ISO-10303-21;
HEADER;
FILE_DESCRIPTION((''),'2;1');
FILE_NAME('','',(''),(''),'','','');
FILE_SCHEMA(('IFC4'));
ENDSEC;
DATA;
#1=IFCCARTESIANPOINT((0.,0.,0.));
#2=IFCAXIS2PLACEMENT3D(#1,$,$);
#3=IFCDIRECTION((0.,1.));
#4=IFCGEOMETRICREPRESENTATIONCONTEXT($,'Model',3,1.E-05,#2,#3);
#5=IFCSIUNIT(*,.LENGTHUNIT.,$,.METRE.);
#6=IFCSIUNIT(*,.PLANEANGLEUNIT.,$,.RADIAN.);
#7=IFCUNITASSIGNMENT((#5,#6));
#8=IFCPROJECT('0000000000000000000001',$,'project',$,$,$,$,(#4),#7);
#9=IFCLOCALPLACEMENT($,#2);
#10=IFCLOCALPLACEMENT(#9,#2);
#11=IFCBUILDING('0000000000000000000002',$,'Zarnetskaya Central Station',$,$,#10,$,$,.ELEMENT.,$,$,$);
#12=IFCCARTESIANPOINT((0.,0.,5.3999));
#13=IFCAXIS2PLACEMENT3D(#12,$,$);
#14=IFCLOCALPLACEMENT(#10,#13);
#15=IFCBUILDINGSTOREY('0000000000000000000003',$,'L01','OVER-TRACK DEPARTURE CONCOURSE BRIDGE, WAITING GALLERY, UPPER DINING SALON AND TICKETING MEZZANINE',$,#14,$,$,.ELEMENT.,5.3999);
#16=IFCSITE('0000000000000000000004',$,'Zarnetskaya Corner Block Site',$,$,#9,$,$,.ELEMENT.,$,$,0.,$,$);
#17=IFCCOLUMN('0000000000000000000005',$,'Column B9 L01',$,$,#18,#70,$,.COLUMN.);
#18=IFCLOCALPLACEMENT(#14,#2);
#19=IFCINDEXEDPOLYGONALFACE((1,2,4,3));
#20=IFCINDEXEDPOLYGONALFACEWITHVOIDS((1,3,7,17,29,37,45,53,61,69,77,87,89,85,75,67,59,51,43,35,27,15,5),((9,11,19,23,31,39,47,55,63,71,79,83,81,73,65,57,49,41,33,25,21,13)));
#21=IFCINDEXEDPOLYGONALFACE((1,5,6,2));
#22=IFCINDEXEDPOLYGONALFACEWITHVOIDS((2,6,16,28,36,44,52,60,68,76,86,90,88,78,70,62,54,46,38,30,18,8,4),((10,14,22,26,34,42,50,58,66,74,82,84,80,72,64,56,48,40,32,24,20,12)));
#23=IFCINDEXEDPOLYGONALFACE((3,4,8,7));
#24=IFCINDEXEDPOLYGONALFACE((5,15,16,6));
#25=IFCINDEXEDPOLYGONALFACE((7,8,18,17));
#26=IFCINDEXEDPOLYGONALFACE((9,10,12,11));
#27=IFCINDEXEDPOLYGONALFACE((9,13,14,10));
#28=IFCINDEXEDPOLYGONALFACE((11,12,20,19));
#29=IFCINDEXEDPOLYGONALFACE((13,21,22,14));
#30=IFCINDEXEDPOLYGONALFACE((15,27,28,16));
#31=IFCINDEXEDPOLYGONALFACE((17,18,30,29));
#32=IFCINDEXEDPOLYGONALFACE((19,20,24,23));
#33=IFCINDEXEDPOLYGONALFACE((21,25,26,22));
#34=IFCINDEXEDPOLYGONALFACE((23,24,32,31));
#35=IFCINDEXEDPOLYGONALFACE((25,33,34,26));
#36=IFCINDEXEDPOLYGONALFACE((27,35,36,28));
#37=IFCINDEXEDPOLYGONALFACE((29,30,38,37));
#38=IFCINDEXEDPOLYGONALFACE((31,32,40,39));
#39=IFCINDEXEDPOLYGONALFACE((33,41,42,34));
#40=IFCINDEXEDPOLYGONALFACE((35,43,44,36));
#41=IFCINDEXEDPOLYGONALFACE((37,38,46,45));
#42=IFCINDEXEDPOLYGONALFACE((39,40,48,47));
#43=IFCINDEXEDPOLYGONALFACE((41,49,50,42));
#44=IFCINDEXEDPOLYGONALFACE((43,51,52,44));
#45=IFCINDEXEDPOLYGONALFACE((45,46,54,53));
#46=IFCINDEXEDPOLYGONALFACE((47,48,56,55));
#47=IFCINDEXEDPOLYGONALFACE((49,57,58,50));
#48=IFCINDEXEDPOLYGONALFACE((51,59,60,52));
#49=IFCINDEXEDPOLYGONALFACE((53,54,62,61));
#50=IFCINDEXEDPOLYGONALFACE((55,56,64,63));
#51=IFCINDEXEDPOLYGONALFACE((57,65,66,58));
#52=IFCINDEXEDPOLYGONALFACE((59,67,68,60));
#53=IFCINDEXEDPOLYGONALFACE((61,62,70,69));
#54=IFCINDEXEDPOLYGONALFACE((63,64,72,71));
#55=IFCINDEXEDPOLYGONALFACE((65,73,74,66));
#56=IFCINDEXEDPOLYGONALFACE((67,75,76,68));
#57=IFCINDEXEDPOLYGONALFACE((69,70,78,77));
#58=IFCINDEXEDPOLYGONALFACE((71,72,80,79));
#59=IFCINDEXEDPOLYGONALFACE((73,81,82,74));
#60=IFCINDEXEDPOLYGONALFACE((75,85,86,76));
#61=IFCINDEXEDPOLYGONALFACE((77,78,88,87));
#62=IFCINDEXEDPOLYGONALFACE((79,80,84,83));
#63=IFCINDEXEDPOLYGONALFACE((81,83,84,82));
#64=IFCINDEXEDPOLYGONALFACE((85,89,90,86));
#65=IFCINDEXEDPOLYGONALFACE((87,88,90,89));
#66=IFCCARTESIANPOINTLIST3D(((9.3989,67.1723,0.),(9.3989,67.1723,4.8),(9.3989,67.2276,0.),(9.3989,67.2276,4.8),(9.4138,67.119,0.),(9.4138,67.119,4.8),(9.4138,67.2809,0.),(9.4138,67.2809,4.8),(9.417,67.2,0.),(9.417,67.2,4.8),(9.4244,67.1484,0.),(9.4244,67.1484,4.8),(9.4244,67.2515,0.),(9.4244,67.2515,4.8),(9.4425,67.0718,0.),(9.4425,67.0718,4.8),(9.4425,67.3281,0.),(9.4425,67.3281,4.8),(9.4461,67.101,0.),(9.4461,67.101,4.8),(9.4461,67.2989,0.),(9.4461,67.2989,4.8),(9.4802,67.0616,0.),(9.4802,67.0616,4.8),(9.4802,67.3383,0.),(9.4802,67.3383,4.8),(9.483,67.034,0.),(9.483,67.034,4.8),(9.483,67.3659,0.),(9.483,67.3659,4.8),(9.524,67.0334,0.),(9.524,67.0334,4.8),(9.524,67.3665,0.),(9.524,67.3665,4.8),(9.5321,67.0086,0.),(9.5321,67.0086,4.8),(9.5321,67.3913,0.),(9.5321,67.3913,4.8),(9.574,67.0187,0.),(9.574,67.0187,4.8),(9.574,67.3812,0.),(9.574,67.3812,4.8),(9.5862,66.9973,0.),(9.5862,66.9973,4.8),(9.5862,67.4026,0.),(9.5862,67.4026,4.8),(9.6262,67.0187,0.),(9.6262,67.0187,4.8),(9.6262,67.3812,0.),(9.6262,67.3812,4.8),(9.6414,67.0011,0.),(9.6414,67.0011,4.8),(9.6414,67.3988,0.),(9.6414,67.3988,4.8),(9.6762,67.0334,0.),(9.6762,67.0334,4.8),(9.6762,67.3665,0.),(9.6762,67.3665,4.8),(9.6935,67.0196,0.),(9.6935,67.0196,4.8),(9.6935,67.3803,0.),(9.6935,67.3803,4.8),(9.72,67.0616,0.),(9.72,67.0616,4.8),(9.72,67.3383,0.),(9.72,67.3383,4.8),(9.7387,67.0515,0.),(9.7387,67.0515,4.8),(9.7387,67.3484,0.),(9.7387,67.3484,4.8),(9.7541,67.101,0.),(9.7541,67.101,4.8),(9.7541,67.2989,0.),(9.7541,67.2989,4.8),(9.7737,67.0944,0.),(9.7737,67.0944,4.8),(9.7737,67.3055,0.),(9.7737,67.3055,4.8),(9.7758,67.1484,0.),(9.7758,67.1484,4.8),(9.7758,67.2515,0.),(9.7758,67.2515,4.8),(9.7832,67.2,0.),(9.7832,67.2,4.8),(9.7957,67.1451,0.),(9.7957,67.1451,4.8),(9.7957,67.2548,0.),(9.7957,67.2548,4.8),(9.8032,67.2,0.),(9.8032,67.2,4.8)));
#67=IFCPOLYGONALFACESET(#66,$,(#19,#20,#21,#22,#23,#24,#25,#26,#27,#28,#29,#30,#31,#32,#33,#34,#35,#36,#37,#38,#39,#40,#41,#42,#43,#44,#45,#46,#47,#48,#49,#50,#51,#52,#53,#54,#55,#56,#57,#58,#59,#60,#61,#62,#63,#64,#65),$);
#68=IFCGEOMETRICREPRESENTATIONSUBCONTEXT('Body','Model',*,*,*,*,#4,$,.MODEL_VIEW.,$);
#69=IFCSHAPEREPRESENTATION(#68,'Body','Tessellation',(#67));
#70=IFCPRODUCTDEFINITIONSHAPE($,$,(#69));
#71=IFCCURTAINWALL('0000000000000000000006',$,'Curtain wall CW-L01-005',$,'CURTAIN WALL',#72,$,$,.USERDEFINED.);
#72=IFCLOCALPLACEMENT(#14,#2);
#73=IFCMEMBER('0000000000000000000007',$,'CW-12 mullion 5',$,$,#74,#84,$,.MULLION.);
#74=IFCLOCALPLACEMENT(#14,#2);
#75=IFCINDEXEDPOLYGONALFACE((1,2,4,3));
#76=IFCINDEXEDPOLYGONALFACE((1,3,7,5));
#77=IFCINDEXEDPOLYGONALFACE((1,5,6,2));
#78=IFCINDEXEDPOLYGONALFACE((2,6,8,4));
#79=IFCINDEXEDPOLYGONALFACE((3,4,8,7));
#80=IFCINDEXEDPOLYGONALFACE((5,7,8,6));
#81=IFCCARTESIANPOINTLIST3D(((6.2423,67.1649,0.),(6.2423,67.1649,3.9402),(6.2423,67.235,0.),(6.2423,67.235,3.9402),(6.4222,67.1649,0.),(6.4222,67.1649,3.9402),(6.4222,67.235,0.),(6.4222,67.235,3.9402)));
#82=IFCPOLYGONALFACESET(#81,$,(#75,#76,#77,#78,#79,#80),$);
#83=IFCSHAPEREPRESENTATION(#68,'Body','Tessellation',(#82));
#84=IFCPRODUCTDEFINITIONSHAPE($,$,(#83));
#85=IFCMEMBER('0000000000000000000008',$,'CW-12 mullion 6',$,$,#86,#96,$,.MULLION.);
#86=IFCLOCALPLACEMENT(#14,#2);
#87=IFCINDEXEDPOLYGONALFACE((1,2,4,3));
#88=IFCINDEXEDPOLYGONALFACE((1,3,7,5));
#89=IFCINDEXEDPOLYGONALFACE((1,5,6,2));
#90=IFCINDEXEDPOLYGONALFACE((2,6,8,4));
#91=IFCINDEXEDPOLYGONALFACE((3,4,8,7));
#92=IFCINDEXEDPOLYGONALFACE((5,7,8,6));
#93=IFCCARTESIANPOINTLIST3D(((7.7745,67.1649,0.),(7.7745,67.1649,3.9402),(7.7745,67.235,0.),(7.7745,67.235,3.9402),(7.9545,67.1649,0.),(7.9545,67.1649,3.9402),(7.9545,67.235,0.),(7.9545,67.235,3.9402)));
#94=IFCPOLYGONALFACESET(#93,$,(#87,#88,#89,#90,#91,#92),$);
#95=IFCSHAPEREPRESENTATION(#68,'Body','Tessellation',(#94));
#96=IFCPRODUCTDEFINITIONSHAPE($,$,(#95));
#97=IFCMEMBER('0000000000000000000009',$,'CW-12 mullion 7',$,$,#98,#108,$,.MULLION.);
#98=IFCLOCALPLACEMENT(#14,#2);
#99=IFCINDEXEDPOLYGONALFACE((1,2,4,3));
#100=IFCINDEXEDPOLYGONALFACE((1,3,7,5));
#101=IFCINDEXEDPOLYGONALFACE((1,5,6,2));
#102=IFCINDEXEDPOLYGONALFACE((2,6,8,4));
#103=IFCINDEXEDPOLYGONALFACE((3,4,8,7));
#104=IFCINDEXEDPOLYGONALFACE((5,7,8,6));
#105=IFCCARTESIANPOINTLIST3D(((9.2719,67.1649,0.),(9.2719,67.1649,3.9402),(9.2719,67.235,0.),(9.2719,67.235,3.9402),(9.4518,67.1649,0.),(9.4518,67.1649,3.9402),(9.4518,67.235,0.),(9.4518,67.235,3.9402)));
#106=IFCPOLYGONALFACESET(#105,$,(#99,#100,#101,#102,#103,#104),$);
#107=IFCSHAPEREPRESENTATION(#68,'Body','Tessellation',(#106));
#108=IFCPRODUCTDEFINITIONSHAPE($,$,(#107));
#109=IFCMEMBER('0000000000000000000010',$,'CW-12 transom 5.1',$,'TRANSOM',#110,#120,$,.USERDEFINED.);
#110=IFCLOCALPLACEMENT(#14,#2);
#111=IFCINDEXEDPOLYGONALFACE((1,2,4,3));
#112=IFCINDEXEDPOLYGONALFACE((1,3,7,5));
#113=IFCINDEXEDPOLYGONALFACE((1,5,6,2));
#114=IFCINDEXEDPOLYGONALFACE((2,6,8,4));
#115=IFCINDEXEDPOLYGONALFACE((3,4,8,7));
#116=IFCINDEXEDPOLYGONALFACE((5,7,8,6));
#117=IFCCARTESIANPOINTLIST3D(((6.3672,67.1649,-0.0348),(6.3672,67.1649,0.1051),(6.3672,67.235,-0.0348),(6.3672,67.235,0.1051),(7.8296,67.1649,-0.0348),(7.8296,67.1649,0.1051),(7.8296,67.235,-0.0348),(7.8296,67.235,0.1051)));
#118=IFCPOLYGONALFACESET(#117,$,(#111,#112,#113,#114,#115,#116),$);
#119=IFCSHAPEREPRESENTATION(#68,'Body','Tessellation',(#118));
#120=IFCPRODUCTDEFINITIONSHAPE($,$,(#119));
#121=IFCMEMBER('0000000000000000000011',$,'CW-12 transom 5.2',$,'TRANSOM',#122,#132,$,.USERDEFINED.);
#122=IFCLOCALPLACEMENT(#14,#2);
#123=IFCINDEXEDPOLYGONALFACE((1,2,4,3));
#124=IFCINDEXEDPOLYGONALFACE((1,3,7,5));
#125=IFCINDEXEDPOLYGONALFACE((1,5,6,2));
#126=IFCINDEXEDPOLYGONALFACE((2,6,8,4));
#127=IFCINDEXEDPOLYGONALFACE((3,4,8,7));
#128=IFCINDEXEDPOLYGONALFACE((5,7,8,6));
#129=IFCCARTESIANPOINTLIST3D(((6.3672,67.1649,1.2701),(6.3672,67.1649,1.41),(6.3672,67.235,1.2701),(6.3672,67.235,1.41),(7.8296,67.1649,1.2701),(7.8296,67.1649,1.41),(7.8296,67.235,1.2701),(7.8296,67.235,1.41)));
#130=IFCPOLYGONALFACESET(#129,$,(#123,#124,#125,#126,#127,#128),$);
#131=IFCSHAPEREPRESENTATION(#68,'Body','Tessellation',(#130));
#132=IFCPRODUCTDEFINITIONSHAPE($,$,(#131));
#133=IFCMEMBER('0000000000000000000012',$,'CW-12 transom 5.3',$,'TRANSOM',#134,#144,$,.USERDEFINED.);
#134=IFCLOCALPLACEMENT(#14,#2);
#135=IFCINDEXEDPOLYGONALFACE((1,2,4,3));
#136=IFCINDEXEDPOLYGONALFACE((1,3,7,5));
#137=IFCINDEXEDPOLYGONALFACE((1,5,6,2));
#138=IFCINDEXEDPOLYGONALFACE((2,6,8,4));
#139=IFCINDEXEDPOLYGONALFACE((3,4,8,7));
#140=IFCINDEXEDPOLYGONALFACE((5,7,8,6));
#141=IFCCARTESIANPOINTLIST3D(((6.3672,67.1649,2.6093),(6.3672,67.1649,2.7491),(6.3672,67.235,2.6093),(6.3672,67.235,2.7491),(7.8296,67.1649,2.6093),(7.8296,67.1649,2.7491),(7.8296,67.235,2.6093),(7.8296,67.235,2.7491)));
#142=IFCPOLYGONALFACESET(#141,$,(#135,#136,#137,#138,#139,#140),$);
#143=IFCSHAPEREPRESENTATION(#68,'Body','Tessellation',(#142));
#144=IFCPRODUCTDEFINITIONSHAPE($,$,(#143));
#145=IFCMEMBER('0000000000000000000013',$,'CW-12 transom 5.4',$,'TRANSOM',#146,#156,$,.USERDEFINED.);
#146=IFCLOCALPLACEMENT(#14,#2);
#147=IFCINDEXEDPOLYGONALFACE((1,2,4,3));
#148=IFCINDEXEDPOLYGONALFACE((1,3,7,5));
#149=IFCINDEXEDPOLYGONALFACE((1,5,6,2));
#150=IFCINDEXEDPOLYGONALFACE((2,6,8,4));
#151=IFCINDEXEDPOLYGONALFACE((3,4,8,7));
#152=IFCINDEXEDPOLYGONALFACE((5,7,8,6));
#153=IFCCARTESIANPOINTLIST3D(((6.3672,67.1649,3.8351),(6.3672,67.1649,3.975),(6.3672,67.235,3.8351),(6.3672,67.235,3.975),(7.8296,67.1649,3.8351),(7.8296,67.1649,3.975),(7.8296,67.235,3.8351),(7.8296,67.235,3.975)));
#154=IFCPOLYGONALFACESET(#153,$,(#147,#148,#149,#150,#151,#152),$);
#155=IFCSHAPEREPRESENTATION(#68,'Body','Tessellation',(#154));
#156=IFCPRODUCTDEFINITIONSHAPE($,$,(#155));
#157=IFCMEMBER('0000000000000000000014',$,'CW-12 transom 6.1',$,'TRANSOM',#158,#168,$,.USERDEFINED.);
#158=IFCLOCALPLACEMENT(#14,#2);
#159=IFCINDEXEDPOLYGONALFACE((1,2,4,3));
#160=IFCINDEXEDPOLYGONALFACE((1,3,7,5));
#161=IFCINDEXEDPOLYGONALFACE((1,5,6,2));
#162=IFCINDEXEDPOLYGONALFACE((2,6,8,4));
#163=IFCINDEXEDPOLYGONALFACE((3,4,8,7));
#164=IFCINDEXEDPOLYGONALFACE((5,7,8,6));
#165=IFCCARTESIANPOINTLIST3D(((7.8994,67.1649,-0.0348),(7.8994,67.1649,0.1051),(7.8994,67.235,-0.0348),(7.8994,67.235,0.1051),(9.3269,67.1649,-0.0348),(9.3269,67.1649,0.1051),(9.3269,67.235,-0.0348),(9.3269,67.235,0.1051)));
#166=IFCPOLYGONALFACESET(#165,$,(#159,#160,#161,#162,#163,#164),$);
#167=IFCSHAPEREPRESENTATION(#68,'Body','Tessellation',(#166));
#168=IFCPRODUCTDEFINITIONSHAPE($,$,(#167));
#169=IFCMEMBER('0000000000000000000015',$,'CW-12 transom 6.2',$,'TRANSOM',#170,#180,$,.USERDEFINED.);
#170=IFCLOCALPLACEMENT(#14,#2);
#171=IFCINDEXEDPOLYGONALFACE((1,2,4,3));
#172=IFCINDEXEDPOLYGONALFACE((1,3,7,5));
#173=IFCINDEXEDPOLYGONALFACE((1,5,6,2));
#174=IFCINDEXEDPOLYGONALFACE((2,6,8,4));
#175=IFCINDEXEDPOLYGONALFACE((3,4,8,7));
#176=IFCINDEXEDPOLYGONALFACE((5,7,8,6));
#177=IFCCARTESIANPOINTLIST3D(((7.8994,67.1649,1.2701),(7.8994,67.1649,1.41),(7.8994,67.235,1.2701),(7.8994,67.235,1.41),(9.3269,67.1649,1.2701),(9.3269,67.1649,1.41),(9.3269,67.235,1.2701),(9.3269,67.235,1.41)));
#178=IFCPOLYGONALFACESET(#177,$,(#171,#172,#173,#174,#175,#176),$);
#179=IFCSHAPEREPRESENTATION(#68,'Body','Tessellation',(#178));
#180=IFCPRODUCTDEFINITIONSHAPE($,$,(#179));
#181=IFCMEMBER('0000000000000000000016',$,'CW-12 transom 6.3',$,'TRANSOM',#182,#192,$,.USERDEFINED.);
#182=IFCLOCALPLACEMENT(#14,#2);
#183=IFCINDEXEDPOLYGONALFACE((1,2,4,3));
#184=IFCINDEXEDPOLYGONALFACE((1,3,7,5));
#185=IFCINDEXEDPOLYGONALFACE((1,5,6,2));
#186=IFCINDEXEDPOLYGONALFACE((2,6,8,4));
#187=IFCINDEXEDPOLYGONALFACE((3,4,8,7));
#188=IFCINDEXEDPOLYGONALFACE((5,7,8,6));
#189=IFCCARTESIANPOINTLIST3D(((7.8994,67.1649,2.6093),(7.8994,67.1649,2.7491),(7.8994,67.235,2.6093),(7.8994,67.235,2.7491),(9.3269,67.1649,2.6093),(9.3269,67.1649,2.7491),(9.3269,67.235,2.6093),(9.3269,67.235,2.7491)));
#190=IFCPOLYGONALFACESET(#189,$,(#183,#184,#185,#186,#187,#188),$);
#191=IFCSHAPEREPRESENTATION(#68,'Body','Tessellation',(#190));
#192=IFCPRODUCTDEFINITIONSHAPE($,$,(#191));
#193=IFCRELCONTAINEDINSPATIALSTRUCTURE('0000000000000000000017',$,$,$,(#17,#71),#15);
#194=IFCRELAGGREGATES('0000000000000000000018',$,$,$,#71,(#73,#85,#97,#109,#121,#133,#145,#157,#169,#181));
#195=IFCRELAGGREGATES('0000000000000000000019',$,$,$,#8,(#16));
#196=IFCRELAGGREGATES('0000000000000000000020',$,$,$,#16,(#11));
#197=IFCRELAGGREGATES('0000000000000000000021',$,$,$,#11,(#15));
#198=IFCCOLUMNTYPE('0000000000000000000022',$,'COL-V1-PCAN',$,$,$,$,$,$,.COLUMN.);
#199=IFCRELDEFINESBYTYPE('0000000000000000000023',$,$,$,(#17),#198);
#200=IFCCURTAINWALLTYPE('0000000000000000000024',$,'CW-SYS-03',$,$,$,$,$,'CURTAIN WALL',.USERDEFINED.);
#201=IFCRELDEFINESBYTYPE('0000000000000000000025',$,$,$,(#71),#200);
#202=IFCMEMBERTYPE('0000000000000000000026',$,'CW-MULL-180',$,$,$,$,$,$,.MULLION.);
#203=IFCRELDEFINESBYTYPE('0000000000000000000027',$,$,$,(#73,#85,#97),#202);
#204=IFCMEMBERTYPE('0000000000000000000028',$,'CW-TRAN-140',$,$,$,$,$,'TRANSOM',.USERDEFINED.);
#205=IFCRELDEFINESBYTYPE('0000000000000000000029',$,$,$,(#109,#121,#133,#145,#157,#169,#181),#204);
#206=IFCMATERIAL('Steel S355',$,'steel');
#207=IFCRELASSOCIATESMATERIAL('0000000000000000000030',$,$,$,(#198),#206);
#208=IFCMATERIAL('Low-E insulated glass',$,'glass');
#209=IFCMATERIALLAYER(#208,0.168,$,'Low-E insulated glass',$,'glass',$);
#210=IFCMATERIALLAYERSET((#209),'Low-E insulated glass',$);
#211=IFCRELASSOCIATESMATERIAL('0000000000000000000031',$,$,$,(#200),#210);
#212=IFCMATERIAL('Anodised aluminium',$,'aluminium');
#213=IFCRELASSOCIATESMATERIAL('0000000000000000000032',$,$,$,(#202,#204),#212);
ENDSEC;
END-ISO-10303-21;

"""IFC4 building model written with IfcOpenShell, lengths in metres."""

from ifc_helpers import new_model, si_unit, direction, frame, origin, origin_2d, place, context, subcontext, project, spatial, rectangle, hollow_circle, extrude, material, layer, layer_set, material_profile, profile_set, type_object, element, aggregate, save


model = new_model("IFC4")

# Units and contexts
model_context = context("Model", 3, precision=1e-05, world=origin(), true_north=direction((0.0, 1.0)))
body_context = subcontext(model_context, "Body", "Model", "MODEL_VIEW")
ifc_project = project(units=[si_unit("LENGTHUNIT", "METRE"), si_unit("PLANEANGLEUNIT", "RADIAN")], contexts=[model_context])

# Site, building, storey
site_placement = place(None, origin())
site = spatial("IfcSite", under=ifc_project, at=site_placement, Name="Zarnetskaya Corner Block Site", CompositionType="ELEMENT", RefElevation=0.0)
building_placement = place(site_placement, origin())
building = spatial("IfcBuilding", under=site, at=building_placement, Name="Zarnetskaya Central Station", CompositionType="ELEMENT")
storey_placement = place(building_placement, frame((0.0, 0.0, 5.3999)))
storey = spatial("IfcBuildingStorey", under=building, at=storey_placement, Name="L01", Description="OVER-TRACK DEPARTURE CONCOURSE BRIDGE, WAITING GALLERY, UPPER DINING SALON AND TICKETING MEZZANINE", CompositionType="ELEMENT", Elevation=5.3999)

# Column
ifc_material_1 = material(Name="Steel S355", Category="steel")
ifc_material_profile_1 = material_profile(ifc_material_1, hollow_circle(Radius=0.2031, WallThickness=0.02, at=origin_2d()), Name="CHS 406.4x20")
ifc_profile_set_1 = profile_set([ifc_material_profile_1], Name="Steel S355")
column_type = type_object("IfcColumnType", Name="COL-V1-PCAN", PredefinedType="COLUMN", material=ifc_profile_set_1)
column_placement = place(storey_placement, frame((9.6001, 67.2, 0.0), z_axis=(0.0, 0.0, 1.0), x_axis=(1.0, 0.0, 0.0)))
element("IfcColumn", 1, at=column_placement, inside=storey, type_object=column_type, Name="Column B9 L01", PredefinedType="COLUMN", context=body_context, shape_type="SweptSolid", body=[
    extrude(hollow_circle(Radius=0.2031, WallThickness=0.02, at=origin_2d()), origin(), (0.0, 0.0, 1.0), 4.8),
])

# Curtain wall, members
ifc_material_2 = material(Name="Low-E insulated glass", Category="glass")
ifc_layer_1 = layer(ifc_material_2, 0.168, Name="Low-E insulated glass", Category="glass")
ifc_layer_set_1 = layer_set([ifc_layer_1], Name="Low-E insulated glass")
curtain_wall_type = type_object("IfcCurtainWallType", Name="CW-SYS-03", ElementType="CURTAIN WALL", PredefinedType="USERDEFINED", material=ifc_layer_set_1)
curtain_wall_placement = place(storey_placement, origin())
curtain_wall = element("IfcCurtainWall", 2, at=curtain_wall_placement, inside=storey, type_object=curtain_wall_type, Name="Curtain wall CW-L01-005", ObjectType="CURTAIN WALL", PredefinedType="USERDEFINED")
ifc_material_3 = material(Name="Anodised aluminium", Category="aluminium")
ifc_material_profile_2 = material_profile(ifc_material_3, rectangle(XDim=0.0701, YDim=0.1799, at=origin_2d()), Name="ALU MULL 70x180")
ifc_profile_set_2 = profile_set([ifc_material_profile_2], Name="Anodised aluminium")
member_type_1 = type_object("IfcMemberType", Name="CW-MULL-180", PredefinedType="MULLION", material=ifc_profile_set_2)
member_1_placement = place(storey_placement, frame((6.3323, 67.2, 0.0), z_axis=(0.0, 0.0, 1.0), x_axis=(0.0, 1.0, 0.0)))
member_1 = element("IfcMember", 3, at=member_1_placement, type_object=member_type_1, Name="CW-12 mullion 5", PredefinedType="MULLION", context=body_context, shape_type="SweptSolid", body=[
    extrude(rectangle(XDim=0.0701, YDim=0.1799, at=origin_2d()), origin(), (0.0, 0.0, 1.0), 3.9402),
])
member_2_placement = place(storey_placement, frame((7.8645, 67.2, 0.0), z_axis=(0.0, 0.0, 1.0), x_axis=(0.0, 1.0, 0.0)))
member_2 = element("IfcMember", 4, at=member_2_placement, type_object=member_type_1, Name="CW-12 mullion 6", PredefinedType="MULLION", context=body_context, shape_type="SweptSolid", body=[
    extrude(rectangle(XDim=0.0701, YDim=0.1799, at=origin_2d()), origin(), (0.0, 0.0, 1.0), 3.9402),
])
member_3_placement = place(storey_placement, frame((9.3618, 67.2, 0.0), z_axis=(0.0, 0.0, 1.0), x_axis=(0.0, 1.0, 0.0)))
member_3 = element("IfcMember", 5, at=member_3_placement, type_object=member_type_1, Name="CW-12 mullion 7", PredefinedType="MULLION", context=body_context, shape_type="SweptSolid", body=[
    extrude(rectangle(XDim=0.0701, YDim=0.1799, at=origin_2d()), origin(), (0.0, 0.0, 1.0), 3.9402),
])
ifc_material_profile_3 = material_profile(ifc_material_3, rectangle(XDim=0.0701, YDim=0.1399, at=origin_2d()), Name="ALU TRAN 70x140")
ifc_profile_set_3 = profile_set([ifc_material_profile_3], Name="Anodised aluminium")
member_type_2 = type_object("IfcMemberType", Name="CW-TRAN-140", ElementType="TRANSOM", PredefinedType="USERDEFINED", material=ifc_profile_set_3)
member_4_placement = place(storey_placement, frame((6.3672, 67.2, 0.0352), z_axis=(1.0, 0.0, 0.0), x_axis=(0.0, 1.0, 0.0)))
member_4 = element("IfcMember", 6, at=member_4_placement, type_object=member_type_2, Name="CW-12 transom 5.1", ObjectType="TRANSOM", PredefinedType="USERDEFINED", context=body_context, shape_type="SweptSolid", body=[
    extrude(rectangle(XDim=0.0701, YDim=0.1399, at=origin_2d()), origin(), (0.0, 0.0, 1.0), 1.4624),
])
member_5_placement = place(storey_placement, frame((6.3672, 67.2, 1.3401), z_axis=(1.0, 0.0, 0.0), x_axis=(0.0, 1.0, 0.0)))
member_5 = element("IfcMember", 7, at=member_5_placement, type_object=member_type_2, Name="CW-12 transom 5.2", ObjectType="TRANSOM", PredefinedType="USERDEFINED", context=body_context, shape_type="SweptSolid", body=[
    extrude(rectangle(XDim=0.0701, YDim=0.1399, at=origin_2d()), origin(), (0.0, 0.0, 1.0), 1.4624),
])
member_6_placement = place(storey_placement, frame((6.3672, 67.2, 2.6792), z_axis=(1.0, 0.0, 0.0), x_axis=(0.0, 1.0, 0.0)))
member_6 = element("IfcMember", 8, at=member_6_placement, type_object=member_type_2, Name="CW-12 transom 5.3", ObjectType="TRANSOM", PredefinedType="USERDEFINED", context=body_context, shape_type="SweptSolid", body=[
    extrude(rectangle(XDim=0.0701, YDim=0.1399, at=origin_2d()), origin(), (0.0, 0.0, 1.0), 1.4624),
])
member_7_placement = place(storey_placement, frame((6.3672, 67.2, 3.905), z_axis=(1.0, 0.0, 0.0), x_axis=(0.0, 1.0, 0.0)))
member_7 = element("IfcMember", 9, at=member_7_placement, type_object=member_type_2, Name="CW-12 transom 5.4", ObjectType="TRANSOM", PredefinedType="USERDEFINED", context=body_context, shape_type="SweptSolid", body=[
    extrude(rectangle(XDim=0.0701, YDim=0.1399, at=origin_2d()), origin(), (0.0, 0.0, 1.0), 1.4624),
])
member_8_placement = place(storey_placement, frame((7.8994, 67.2, 0.0352), z_axis=(1.0, 0.0, 0.0), x_axis=(0.0, 1.0, 0.0)))
member_8 = element("IfcMember", 10, at=member_8_placement, type_object=member_type_2, Name="CW-12 transom 6.1", ObjectType="TRANSOM", PredefinedType="USERDEFINED", context=body_context, shape_type="SweptSolid", body=[
    extrude(rectangle(XDim=0.0701, YDim=0.1399, at=origin_2d()), origin(), (0.0, 0.0, 1.0), 1.4275),
])
member_9_placement = place(storey_placement, frame((7.8994, 67.2, 1.3401), z_axis=(1.0, 0.0, 0.0), x_axis=(0.0, 1.0, 0.0)))
member_9 = element("IfcMember", 11, at=member_9_placement, type_object=member_type_2, Name="CW-12 transom 6.2", ObjectType="TRANSOM", PredefinedType="USERDEFINED", context=body_context, shape_type="SweptSolid", body=[
    extrude(rectangle(XDim=0.0701, YDim=0.1399, at=origin_2d()), origin(), (0.0, 0.0, 1.0), 1.4275),
])
member_10_placement = place(storey_placement, frame((7.8994, 67.2, 2.6792), z_axis=(1.0, 0.0, 0.0), x_axis=(0.0, 1.0, 0.0)))
member_10 = element("IfcMember", 12, at=member_10_placement, type_object=member_type_2, Name="CW-12 transom 6.3", ObjectType="TRANSOM", PredefinedType="USERDEFINED", context=body_context, shape_type="SweptSolid", body=[
    extrude(rectangle(XDim=0.0701, YDim=0.1399, at=origin_2d()), origin(), (0.0, 0.0, 1.0), 1.4275),
])

aggregate(curtain_wall, [member_1, member_2, member_3, member_4, member_5, member_6, member_7, member_8, member_9, member_10])

save(model, "model.ifc")
